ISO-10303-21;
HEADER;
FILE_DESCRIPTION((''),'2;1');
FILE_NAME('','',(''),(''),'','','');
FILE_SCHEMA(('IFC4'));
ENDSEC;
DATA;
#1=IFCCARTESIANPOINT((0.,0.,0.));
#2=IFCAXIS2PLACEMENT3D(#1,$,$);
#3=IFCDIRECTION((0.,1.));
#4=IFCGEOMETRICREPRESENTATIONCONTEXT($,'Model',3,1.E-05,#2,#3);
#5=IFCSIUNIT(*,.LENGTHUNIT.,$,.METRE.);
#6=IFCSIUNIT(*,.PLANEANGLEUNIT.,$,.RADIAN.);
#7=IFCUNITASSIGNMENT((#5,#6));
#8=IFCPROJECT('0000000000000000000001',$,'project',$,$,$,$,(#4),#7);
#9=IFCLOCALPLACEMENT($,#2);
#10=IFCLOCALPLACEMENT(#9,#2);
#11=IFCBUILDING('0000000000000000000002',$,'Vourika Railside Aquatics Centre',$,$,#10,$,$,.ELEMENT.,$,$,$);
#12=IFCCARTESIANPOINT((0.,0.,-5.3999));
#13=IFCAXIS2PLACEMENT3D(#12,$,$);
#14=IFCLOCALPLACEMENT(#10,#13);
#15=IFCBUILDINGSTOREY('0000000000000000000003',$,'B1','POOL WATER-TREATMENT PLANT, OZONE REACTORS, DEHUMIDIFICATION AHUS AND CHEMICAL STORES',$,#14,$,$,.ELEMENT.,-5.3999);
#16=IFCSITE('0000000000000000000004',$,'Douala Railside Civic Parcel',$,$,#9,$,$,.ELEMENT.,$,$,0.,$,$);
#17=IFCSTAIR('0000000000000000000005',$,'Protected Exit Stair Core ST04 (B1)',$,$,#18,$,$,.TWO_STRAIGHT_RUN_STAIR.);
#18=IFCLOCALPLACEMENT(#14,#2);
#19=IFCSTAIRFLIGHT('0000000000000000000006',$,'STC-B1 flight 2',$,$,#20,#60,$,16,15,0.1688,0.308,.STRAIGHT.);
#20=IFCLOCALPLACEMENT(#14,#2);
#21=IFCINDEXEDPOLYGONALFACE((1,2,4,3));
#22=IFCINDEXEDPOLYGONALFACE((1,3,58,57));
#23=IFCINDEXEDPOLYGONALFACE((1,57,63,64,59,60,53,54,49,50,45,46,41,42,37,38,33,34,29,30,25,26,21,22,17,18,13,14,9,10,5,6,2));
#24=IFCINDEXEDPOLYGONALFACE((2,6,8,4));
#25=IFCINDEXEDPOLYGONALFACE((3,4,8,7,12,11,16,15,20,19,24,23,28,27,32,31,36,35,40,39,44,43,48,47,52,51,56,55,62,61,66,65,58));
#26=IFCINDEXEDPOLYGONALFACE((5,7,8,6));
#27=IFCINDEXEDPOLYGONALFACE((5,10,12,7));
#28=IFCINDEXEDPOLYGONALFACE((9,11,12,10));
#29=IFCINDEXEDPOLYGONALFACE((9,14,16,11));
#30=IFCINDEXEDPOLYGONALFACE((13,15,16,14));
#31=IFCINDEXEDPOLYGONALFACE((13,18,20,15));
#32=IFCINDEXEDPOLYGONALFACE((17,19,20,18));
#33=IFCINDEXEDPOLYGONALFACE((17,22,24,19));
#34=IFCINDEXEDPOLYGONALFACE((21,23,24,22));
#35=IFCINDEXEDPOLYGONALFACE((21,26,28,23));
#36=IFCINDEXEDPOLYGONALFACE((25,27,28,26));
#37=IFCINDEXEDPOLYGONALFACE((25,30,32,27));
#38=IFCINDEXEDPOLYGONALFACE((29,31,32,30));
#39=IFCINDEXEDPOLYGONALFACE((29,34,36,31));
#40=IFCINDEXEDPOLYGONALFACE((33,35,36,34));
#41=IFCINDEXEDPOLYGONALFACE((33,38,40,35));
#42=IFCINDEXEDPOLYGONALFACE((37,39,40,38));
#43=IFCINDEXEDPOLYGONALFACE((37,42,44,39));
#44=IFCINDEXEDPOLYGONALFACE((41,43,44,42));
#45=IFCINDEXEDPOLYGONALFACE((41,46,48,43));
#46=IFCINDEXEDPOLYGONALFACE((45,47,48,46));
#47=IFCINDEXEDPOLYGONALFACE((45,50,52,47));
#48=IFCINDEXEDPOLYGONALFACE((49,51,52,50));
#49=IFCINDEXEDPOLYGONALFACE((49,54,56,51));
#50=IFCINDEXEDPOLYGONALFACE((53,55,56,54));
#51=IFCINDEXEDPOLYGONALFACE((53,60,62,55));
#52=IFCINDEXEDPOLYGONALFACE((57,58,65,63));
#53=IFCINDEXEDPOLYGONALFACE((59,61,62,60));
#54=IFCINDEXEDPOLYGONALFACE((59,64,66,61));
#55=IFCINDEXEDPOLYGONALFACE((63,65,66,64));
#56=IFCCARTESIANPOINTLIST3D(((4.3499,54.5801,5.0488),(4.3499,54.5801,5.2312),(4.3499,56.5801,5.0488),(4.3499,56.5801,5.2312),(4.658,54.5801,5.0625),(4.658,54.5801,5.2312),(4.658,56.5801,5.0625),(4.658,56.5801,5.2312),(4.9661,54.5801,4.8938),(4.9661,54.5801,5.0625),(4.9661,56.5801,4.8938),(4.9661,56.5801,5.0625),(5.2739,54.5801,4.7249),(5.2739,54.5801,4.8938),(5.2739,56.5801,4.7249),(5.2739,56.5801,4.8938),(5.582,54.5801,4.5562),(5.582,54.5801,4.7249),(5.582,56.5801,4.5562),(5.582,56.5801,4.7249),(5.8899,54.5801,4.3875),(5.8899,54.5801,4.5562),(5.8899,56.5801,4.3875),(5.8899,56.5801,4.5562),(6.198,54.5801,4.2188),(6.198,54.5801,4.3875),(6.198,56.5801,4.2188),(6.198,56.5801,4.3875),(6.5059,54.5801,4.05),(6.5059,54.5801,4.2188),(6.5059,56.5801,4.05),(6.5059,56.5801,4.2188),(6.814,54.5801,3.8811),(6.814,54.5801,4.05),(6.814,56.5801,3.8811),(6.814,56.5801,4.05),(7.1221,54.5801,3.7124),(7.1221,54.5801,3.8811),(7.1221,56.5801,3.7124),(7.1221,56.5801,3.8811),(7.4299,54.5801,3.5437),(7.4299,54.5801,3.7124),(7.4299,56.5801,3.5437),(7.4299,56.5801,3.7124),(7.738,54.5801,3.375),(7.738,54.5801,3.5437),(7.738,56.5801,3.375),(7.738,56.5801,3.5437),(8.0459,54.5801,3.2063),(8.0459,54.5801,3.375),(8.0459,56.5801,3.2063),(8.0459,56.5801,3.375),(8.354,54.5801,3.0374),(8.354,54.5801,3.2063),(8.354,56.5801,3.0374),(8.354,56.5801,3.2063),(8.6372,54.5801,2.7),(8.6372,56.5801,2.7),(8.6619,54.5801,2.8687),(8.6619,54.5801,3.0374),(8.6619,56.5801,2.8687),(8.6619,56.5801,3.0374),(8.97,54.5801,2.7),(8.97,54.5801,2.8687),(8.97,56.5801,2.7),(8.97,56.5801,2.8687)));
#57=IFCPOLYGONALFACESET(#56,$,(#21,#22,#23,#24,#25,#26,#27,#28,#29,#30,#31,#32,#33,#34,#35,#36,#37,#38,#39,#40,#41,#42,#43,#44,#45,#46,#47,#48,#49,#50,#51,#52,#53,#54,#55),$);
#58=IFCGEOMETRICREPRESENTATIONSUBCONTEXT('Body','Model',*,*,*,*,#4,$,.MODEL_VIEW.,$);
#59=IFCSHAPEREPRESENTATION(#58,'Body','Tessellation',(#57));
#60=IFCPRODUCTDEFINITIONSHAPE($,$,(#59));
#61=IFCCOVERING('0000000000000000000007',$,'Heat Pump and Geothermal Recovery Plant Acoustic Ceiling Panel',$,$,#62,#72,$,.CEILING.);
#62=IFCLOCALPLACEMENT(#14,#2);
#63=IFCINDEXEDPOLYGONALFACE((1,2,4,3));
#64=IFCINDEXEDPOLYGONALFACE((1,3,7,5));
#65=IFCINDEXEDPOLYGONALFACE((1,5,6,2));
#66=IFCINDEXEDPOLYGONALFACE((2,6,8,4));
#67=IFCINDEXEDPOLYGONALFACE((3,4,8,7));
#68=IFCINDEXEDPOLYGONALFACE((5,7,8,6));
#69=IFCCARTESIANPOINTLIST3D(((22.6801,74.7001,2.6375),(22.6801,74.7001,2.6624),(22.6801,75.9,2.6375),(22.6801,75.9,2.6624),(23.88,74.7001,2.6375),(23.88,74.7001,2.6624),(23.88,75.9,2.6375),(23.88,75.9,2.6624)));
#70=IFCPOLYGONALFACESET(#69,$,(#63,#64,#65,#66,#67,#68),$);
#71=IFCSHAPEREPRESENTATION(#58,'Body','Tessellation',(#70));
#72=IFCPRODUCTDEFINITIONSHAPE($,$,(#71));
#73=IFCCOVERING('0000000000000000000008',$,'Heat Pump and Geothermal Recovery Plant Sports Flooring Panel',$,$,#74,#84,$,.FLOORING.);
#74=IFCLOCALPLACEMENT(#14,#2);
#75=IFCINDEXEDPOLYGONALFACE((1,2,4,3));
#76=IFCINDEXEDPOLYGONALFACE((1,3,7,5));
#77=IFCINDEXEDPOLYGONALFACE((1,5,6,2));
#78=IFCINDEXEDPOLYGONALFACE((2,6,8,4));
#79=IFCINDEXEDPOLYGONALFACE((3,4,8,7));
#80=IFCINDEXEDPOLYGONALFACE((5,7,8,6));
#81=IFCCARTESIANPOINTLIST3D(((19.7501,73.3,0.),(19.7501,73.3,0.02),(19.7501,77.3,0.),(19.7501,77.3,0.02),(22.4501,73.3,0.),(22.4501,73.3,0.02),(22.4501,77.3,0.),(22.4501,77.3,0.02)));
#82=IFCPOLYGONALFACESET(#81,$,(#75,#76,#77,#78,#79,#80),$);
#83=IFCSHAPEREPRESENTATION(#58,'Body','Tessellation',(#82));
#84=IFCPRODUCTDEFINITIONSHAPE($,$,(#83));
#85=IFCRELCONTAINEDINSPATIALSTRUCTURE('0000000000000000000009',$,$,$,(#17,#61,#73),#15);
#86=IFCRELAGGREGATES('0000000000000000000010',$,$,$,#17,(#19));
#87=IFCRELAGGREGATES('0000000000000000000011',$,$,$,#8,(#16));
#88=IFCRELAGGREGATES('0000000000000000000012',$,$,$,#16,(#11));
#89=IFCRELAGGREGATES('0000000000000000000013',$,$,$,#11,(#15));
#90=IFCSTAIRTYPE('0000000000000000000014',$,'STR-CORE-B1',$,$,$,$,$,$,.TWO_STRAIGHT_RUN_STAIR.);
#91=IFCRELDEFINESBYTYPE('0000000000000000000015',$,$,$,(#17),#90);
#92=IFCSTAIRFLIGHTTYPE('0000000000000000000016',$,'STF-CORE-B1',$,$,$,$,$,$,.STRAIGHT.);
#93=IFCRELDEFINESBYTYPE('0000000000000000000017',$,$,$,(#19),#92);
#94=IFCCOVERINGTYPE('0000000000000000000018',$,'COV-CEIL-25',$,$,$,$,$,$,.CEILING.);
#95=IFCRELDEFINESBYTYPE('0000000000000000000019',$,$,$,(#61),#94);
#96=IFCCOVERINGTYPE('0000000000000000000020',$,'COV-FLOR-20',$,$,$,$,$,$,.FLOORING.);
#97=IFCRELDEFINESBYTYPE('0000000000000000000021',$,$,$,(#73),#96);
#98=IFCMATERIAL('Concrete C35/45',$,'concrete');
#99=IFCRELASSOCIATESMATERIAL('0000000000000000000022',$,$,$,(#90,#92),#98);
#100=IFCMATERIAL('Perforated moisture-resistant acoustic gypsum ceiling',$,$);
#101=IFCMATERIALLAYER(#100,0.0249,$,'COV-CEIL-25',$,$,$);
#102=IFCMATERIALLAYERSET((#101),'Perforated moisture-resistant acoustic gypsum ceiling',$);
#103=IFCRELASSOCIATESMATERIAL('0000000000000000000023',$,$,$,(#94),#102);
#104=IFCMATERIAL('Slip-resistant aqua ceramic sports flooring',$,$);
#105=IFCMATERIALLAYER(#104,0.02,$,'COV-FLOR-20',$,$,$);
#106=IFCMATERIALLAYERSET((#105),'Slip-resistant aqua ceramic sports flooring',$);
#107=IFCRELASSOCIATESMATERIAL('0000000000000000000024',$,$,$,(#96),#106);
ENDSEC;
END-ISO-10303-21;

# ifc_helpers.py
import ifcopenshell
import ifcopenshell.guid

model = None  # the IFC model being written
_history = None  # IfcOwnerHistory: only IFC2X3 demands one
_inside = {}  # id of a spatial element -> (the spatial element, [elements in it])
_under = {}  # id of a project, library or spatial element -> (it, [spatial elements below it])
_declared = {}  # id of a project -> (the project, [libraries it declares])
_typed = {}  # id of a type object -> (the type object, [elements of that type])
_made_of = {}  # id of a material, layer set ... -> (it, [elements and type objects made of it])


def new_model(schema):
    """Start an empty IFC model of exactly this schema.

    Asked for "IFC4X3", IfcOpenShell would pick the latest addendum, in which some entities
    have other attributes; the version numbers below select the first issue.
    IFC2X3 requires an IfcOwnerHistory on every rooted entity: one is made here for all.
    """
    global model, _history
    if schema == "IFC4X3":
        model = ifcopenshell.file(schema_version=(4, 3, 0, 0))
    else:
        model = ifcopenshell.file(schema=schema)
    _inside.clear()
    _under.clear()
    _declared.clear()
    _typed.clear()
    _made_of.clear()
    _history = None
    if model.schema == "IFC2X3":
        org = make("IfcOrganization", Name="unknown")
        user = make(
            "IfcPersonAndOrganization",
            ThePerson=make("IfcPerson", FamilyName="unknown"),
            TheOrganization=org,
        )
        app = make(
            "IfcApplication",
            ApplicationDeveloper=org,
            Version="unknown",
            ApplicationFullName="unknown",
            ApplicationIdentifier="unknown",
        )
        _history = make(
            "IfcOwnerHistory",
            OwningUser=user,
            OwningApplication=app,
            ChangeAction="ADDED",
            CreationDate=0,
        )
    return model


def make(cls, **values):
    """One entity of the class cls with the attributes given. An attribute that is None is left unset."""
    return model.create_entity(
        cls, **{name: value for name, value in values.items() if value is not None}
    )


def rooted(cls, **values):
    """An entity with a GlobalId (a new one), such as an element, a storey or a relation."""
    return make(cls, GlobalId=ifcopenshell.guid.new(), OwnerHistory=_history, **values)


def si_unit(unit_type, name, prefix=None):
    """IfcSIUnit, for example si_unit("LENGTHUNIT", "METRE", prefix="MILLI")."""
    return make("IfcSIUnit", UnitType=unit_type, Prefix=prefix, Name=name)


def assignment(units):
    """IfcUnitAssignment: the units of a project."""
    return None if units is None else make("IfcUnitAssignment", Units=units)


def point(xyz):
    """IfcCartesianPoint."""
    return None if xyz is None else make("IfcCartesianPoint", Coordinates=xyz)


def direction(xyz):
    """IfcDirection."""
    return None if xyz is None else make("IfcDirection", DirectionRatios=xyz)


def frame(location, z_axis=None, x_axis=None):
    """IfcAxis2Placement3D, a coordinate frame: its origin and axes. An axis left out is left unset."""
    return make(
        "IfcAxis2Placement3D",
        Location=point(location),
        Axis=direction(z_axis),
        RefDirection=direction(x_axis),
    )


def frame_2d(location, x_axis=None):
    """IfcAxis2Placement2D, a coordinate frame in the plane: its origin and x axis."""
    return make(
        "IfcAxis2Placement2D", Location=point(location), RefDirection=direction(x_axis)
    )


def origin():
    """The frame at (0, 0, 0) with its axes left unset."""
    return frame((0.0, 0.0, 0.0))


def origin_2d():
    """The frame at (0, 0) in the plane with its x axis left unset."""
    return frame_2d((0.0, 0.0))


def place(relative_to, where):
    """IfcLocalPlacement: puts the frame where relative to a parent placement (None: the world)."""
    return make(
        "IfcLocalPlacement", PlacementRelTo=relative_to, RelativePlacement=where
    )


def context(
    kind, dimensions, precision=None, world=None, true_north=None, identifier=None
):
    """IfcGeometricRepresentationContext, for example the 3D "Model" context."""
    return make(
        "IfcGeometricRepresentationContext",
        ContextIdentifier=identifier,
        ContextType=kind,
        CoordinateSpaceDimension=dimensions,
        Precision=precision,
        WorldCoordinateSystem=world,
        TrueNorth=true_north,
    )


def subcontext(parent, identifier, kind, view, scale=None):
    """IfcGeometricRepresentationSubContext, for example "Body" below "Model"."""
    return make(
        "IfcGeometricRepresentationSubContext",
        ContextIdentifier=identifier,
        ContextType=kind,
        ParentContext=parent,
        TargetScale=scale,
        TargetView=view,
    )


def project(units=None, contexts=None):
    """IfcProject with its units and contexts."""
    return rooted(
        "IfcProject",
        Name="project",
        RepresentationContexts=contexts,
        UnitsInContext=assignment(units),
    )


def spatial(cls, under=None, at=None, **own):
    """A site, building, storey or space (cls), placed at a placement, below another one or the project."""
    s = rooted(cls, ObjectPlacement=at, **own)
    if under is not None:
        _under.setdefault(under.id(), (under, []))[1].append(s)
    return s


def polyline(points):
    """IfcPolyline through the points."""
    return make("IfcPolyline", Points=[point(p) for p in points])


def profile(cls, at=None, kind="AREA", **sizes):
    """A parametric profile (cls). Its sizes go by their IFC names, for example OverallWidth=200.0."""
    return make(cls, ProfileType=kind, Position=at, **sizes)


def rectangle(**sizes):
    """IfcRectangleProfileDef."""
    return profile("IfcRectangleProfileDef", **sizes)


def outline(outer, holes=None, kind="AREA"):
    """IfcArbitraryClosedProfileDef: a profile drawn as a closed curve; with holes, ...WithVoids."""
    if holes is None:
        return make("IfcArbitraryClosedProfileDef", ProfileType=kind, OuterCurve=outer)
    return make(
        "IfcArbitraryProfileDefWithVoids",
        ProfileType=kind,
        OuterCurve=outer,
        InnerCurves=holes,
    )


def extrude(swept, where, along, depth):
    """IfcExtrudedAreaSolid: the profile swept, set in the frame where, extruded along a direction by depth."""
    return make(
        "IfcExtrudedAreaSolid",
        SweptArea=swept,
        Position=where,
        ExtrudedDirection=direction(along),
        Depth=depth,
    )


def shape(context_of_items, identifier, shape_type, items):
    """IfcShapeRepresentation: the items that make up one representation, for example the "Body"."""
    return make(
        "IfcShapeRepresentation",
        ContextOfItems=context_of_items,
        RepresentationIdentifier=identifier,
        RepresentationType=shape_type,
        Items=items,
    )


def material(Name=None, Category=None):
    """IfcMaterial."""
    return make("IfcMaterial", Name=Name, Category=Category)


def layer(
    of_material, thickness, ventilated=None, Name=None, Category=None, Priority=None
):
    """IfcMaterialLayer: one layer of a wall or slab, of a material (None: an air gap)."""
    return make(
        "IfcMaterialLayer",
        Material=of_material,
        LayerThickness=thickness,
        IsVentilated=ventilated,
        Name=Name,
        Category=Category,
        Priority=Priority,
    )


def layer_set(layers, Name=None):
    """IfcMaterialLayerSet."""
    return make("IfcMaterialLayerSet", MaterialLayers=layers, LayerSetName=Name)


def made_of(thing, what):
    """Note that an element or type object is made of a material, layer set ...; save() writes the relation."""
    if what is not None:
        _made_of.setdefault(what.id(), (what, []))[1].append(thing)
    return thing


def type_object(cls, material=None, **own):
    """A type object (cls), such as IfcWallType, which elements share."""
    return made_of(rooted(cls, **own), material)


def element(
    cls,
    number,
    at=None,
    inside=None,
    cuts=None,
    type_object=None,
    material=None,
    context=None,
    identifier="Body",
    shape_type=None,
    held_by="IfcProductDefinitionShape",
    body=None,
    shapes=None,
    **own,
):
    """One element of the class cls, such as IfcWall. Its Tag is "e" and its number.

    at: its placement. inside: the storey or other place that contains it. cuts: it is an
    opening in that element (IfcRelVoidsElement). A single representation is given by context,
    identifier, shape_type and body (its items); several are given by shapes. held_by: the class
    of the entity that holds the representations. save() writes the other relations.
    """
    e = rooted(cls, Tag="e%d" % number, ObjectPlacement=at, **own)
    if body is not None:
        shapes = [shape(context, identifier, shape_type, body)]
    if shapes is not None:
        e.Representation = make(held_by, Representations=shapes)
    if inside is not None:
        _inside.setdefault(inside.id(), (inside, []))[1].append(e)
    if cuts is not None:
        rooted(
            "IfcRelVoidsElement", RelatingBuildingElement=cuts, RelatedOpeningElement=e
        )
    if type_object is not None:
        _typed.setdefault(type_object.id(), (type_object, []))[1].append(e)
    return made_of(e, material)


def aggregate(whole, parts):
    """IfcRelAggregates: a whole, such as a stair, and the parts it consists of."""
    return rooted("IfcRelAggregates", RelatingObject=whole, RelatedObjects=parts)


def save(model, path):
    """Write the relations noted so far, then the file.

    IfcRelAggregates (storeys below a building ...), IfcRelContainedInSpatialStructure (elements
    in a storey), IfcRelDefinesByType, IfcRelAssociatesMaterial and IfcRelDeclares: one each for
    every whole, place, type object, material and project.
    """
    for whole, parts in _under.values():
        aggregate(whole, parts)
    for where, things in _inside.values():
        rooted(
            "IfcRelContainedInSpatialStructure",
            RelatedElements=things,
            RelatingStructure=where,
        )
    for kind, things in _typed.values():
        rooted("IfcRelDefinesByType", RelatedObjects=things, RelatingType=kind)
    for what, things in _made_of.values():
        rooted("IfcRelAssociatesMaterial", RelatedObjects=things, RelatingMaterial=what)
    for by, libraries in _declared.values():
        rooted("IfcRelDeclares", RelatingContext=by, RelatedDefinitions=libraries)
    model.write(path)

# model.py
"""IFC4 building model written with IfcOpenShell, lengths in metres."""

from ifc_helpers import new_model, si_unit, direction, frame, origin, origin_2d, place, context, subcontext, project, spatial, polyline, rectangle, outline, extrude, material, layer, layer_set, type_object, element, aggregate, save


model = new_model("IFC4")

# Units and contexts
model_context = context("Model", 3, precision=1e-05, world=origin(), true_north=direction((0.0, 1.0)))
body_context = subcontext(model_context, "Body", "Model", "MODEL_VIEW")
ifc_project = project(units=[si_unit("LENGTHUNIT", "METRE"), si_unit("PLANEANGLEUNIT", "RADIAN")], contexts=[model_context])

# Site, building, storey
site_placement = place(None, origin())
site = spatial("IfcSite", under=ifc_project, at=site_placement, Name="Douala Railside Civic Parcel", CompositionType="ELEMENT", RefElevation=0.0)
building_placement = place(site_placement, origin())
building = spatial("IfcBuilding", under=site, at=building_placement, Name="Vourika Railside Aquatics Centre", CompositionType="ELEMENT")
storey_placement = place(building_placement, frame((0.0, 0.0, -5.3999)))
storey = spatial("IfcBuildingStorey", under=building, at=storey_placement, Name="B1", Description="POOL WATER-TREATMENT PLANT, OZONE REACTORS, DEHUMIDIFICATION AHUS AND CHEMICAL STORES", CompositionType="ELEMENT", Elevation=-5.3999)

# Shared definitions
ifc_material_1 = material(Name="Concrete C35/45", Category="concrete")

# Stair, stair flight
stair_type = type_object("IfcStairType", Name="STR-CORE-B1", PredefinedType="TWO_STRAIGHT_RUN_STAIR", material=ifc_material_1)
stair_placement = place(storey_placement, origin())
stair = element("IfcStair", 1, at=stair_placement, inside=storey, type_object=stair_type, Name="Protected Exit Stair Core ST04 (B1)", PredefinedType="TWO_STRAIGHT_RUN_STAIR")
stair_flight_type = type_object("IfcStairFlightType", Name="STF-CORE-B1", PredefinedType="STRAIGHT", material=ifc_material_1)
stair_flight_placement = place(storey_placement, frame((8.97, 55.5801, 2.7), z_axis=(0.0, 0.0, 1.0), x_axis=(-1.0, 0.0, 0.0)))
stair_flight = element("IfcStairFlight", 2, at=stair_flight_placement, type_object=stair_flight_type, Name="STC-B1 flight 2", NumberOfRisers=16, NumberOfTreads=15, PredefinedType="STRAIGHT", RiserHeight=0.1688, TreadLength=0.308, context=body_context, shape_type="SweptSolid", body=[
    extrude(outline(polyline([(0.0, 0.0), (0.0, 0.1687), (0.3081, 0.1687), (0.3081, 0.3374), (0.616, 0.3374), (0.616, 0.5063), (0.9241, 0.5063), (0.9241, 0.675), (1.2319, 0.675), (1.2319, 0.8438), (1.54, 0.8438), (1.54, 1.0125), (1.8479, 1.0125), (1.8479, 1.1812), (2.156, 1.1812), (2.156, 1.3501), (2.4641, 1.3501), (2.4641, 1.5188), (2.772, 1.5188), (2.772, 1.6875), (3.0801, 1.6875), (3.0801, 1.8562), (3.3879, 1.8562), (3.3879, 2.0249), (3.696, 2.0249), (3.696, 2.1938), (4.0039, 2.1938), (4.0039, 2.3625), (4.312, 2.3625), (4.312, 2.5312), (4.6201, 2.5312), (4.6201, 2.7), (4.6201, 2.3489), (0.3328, 0.0), (0.0, 0.0)])), frame((0.0, 1.0, 0.0), z_axis=(0.0, -1.0, 0.0), x_axis=(1.0, 0.0, 0.0)), (0.0, 0.0, 1.0), 2.0),
])
aggregate(stair, [stair_flight])

# Coverings
ifc_material_2 = material(Name="Perforated moisture-resistant acoustic gypsum ceiling")
ifc_layer_1 = layer(ifc_material_2, 0.0249, Name="COV-CEIL-25")
ifc_layer_set_1 = layer_set([ifc_layer_1], Name="Perforated moisture-resistant acoustic gypsum ceiling")
covering_type_1 = type_object("IfcCoveringType", Name="COV-CEIL-25", PredefinedType="CEILING", material=ifc_layer_set_1)
covering_1_placement = place(storey_placement, frame((23.28, 75.3, 2.6375), z_axis=(0.0, 0.0, 1.0), x_axis=(1.0, 0.0, 0.0)))
element("IfcCovering", 3, at=covering_1_placement, inside=storey, type_object=covering_type_1, Name="Heat Pump and Geothermal Recovery Plant Acoustic Ceiling Panel", PredefinedType="CEILING", context=body_context, shape_type="SweptSolid", body=[
    extrude(rectangle(XDim=1.2, YDim=1.2, at=origin_2d()), origin(), (0.0, 0.0, 1.0), 0.0249),
])
ifc_material_3 = material(Name="Slip-resistant aqua ceramic sports flooring")
ifc_layer_2 = layer(ifc_material_3, 0.02, Name="COV-FLOR-20")
ifc_layer_set_2 = layer_set([ifc_layer_2], Name="Slip-resistant aqua ceramic sports flooring")
covering_type_2 = type_object("IfcCoveringType", Name="COV-FLOR-20", PredefinedType="FLOORING", material=ifc_layer_set_2)
covering_2_placement = place(storey_placement, frame((21.1001, 75.3, 0.0), z_axis=(0.0, 0.0, 1.0), x_axis=(1.0, 0.0, 0.0)))
element("IfcCovering", 4, at=covering_2_placement, inside=storey, type_object=covering_type_2, Name="Heat Pump and Geothermal Recovery Plant Sports Flooring Panel", PredefinedType="FLOORING", context=body_context, shape_type="SweptSolid", body=[
    extrude(rectangle(XDim=2.7, YDim=4.0, at=origin_2d()), origin(), (0.0, 0.0, 1.0), 0.02),
])

save(model, "model.ifc")
